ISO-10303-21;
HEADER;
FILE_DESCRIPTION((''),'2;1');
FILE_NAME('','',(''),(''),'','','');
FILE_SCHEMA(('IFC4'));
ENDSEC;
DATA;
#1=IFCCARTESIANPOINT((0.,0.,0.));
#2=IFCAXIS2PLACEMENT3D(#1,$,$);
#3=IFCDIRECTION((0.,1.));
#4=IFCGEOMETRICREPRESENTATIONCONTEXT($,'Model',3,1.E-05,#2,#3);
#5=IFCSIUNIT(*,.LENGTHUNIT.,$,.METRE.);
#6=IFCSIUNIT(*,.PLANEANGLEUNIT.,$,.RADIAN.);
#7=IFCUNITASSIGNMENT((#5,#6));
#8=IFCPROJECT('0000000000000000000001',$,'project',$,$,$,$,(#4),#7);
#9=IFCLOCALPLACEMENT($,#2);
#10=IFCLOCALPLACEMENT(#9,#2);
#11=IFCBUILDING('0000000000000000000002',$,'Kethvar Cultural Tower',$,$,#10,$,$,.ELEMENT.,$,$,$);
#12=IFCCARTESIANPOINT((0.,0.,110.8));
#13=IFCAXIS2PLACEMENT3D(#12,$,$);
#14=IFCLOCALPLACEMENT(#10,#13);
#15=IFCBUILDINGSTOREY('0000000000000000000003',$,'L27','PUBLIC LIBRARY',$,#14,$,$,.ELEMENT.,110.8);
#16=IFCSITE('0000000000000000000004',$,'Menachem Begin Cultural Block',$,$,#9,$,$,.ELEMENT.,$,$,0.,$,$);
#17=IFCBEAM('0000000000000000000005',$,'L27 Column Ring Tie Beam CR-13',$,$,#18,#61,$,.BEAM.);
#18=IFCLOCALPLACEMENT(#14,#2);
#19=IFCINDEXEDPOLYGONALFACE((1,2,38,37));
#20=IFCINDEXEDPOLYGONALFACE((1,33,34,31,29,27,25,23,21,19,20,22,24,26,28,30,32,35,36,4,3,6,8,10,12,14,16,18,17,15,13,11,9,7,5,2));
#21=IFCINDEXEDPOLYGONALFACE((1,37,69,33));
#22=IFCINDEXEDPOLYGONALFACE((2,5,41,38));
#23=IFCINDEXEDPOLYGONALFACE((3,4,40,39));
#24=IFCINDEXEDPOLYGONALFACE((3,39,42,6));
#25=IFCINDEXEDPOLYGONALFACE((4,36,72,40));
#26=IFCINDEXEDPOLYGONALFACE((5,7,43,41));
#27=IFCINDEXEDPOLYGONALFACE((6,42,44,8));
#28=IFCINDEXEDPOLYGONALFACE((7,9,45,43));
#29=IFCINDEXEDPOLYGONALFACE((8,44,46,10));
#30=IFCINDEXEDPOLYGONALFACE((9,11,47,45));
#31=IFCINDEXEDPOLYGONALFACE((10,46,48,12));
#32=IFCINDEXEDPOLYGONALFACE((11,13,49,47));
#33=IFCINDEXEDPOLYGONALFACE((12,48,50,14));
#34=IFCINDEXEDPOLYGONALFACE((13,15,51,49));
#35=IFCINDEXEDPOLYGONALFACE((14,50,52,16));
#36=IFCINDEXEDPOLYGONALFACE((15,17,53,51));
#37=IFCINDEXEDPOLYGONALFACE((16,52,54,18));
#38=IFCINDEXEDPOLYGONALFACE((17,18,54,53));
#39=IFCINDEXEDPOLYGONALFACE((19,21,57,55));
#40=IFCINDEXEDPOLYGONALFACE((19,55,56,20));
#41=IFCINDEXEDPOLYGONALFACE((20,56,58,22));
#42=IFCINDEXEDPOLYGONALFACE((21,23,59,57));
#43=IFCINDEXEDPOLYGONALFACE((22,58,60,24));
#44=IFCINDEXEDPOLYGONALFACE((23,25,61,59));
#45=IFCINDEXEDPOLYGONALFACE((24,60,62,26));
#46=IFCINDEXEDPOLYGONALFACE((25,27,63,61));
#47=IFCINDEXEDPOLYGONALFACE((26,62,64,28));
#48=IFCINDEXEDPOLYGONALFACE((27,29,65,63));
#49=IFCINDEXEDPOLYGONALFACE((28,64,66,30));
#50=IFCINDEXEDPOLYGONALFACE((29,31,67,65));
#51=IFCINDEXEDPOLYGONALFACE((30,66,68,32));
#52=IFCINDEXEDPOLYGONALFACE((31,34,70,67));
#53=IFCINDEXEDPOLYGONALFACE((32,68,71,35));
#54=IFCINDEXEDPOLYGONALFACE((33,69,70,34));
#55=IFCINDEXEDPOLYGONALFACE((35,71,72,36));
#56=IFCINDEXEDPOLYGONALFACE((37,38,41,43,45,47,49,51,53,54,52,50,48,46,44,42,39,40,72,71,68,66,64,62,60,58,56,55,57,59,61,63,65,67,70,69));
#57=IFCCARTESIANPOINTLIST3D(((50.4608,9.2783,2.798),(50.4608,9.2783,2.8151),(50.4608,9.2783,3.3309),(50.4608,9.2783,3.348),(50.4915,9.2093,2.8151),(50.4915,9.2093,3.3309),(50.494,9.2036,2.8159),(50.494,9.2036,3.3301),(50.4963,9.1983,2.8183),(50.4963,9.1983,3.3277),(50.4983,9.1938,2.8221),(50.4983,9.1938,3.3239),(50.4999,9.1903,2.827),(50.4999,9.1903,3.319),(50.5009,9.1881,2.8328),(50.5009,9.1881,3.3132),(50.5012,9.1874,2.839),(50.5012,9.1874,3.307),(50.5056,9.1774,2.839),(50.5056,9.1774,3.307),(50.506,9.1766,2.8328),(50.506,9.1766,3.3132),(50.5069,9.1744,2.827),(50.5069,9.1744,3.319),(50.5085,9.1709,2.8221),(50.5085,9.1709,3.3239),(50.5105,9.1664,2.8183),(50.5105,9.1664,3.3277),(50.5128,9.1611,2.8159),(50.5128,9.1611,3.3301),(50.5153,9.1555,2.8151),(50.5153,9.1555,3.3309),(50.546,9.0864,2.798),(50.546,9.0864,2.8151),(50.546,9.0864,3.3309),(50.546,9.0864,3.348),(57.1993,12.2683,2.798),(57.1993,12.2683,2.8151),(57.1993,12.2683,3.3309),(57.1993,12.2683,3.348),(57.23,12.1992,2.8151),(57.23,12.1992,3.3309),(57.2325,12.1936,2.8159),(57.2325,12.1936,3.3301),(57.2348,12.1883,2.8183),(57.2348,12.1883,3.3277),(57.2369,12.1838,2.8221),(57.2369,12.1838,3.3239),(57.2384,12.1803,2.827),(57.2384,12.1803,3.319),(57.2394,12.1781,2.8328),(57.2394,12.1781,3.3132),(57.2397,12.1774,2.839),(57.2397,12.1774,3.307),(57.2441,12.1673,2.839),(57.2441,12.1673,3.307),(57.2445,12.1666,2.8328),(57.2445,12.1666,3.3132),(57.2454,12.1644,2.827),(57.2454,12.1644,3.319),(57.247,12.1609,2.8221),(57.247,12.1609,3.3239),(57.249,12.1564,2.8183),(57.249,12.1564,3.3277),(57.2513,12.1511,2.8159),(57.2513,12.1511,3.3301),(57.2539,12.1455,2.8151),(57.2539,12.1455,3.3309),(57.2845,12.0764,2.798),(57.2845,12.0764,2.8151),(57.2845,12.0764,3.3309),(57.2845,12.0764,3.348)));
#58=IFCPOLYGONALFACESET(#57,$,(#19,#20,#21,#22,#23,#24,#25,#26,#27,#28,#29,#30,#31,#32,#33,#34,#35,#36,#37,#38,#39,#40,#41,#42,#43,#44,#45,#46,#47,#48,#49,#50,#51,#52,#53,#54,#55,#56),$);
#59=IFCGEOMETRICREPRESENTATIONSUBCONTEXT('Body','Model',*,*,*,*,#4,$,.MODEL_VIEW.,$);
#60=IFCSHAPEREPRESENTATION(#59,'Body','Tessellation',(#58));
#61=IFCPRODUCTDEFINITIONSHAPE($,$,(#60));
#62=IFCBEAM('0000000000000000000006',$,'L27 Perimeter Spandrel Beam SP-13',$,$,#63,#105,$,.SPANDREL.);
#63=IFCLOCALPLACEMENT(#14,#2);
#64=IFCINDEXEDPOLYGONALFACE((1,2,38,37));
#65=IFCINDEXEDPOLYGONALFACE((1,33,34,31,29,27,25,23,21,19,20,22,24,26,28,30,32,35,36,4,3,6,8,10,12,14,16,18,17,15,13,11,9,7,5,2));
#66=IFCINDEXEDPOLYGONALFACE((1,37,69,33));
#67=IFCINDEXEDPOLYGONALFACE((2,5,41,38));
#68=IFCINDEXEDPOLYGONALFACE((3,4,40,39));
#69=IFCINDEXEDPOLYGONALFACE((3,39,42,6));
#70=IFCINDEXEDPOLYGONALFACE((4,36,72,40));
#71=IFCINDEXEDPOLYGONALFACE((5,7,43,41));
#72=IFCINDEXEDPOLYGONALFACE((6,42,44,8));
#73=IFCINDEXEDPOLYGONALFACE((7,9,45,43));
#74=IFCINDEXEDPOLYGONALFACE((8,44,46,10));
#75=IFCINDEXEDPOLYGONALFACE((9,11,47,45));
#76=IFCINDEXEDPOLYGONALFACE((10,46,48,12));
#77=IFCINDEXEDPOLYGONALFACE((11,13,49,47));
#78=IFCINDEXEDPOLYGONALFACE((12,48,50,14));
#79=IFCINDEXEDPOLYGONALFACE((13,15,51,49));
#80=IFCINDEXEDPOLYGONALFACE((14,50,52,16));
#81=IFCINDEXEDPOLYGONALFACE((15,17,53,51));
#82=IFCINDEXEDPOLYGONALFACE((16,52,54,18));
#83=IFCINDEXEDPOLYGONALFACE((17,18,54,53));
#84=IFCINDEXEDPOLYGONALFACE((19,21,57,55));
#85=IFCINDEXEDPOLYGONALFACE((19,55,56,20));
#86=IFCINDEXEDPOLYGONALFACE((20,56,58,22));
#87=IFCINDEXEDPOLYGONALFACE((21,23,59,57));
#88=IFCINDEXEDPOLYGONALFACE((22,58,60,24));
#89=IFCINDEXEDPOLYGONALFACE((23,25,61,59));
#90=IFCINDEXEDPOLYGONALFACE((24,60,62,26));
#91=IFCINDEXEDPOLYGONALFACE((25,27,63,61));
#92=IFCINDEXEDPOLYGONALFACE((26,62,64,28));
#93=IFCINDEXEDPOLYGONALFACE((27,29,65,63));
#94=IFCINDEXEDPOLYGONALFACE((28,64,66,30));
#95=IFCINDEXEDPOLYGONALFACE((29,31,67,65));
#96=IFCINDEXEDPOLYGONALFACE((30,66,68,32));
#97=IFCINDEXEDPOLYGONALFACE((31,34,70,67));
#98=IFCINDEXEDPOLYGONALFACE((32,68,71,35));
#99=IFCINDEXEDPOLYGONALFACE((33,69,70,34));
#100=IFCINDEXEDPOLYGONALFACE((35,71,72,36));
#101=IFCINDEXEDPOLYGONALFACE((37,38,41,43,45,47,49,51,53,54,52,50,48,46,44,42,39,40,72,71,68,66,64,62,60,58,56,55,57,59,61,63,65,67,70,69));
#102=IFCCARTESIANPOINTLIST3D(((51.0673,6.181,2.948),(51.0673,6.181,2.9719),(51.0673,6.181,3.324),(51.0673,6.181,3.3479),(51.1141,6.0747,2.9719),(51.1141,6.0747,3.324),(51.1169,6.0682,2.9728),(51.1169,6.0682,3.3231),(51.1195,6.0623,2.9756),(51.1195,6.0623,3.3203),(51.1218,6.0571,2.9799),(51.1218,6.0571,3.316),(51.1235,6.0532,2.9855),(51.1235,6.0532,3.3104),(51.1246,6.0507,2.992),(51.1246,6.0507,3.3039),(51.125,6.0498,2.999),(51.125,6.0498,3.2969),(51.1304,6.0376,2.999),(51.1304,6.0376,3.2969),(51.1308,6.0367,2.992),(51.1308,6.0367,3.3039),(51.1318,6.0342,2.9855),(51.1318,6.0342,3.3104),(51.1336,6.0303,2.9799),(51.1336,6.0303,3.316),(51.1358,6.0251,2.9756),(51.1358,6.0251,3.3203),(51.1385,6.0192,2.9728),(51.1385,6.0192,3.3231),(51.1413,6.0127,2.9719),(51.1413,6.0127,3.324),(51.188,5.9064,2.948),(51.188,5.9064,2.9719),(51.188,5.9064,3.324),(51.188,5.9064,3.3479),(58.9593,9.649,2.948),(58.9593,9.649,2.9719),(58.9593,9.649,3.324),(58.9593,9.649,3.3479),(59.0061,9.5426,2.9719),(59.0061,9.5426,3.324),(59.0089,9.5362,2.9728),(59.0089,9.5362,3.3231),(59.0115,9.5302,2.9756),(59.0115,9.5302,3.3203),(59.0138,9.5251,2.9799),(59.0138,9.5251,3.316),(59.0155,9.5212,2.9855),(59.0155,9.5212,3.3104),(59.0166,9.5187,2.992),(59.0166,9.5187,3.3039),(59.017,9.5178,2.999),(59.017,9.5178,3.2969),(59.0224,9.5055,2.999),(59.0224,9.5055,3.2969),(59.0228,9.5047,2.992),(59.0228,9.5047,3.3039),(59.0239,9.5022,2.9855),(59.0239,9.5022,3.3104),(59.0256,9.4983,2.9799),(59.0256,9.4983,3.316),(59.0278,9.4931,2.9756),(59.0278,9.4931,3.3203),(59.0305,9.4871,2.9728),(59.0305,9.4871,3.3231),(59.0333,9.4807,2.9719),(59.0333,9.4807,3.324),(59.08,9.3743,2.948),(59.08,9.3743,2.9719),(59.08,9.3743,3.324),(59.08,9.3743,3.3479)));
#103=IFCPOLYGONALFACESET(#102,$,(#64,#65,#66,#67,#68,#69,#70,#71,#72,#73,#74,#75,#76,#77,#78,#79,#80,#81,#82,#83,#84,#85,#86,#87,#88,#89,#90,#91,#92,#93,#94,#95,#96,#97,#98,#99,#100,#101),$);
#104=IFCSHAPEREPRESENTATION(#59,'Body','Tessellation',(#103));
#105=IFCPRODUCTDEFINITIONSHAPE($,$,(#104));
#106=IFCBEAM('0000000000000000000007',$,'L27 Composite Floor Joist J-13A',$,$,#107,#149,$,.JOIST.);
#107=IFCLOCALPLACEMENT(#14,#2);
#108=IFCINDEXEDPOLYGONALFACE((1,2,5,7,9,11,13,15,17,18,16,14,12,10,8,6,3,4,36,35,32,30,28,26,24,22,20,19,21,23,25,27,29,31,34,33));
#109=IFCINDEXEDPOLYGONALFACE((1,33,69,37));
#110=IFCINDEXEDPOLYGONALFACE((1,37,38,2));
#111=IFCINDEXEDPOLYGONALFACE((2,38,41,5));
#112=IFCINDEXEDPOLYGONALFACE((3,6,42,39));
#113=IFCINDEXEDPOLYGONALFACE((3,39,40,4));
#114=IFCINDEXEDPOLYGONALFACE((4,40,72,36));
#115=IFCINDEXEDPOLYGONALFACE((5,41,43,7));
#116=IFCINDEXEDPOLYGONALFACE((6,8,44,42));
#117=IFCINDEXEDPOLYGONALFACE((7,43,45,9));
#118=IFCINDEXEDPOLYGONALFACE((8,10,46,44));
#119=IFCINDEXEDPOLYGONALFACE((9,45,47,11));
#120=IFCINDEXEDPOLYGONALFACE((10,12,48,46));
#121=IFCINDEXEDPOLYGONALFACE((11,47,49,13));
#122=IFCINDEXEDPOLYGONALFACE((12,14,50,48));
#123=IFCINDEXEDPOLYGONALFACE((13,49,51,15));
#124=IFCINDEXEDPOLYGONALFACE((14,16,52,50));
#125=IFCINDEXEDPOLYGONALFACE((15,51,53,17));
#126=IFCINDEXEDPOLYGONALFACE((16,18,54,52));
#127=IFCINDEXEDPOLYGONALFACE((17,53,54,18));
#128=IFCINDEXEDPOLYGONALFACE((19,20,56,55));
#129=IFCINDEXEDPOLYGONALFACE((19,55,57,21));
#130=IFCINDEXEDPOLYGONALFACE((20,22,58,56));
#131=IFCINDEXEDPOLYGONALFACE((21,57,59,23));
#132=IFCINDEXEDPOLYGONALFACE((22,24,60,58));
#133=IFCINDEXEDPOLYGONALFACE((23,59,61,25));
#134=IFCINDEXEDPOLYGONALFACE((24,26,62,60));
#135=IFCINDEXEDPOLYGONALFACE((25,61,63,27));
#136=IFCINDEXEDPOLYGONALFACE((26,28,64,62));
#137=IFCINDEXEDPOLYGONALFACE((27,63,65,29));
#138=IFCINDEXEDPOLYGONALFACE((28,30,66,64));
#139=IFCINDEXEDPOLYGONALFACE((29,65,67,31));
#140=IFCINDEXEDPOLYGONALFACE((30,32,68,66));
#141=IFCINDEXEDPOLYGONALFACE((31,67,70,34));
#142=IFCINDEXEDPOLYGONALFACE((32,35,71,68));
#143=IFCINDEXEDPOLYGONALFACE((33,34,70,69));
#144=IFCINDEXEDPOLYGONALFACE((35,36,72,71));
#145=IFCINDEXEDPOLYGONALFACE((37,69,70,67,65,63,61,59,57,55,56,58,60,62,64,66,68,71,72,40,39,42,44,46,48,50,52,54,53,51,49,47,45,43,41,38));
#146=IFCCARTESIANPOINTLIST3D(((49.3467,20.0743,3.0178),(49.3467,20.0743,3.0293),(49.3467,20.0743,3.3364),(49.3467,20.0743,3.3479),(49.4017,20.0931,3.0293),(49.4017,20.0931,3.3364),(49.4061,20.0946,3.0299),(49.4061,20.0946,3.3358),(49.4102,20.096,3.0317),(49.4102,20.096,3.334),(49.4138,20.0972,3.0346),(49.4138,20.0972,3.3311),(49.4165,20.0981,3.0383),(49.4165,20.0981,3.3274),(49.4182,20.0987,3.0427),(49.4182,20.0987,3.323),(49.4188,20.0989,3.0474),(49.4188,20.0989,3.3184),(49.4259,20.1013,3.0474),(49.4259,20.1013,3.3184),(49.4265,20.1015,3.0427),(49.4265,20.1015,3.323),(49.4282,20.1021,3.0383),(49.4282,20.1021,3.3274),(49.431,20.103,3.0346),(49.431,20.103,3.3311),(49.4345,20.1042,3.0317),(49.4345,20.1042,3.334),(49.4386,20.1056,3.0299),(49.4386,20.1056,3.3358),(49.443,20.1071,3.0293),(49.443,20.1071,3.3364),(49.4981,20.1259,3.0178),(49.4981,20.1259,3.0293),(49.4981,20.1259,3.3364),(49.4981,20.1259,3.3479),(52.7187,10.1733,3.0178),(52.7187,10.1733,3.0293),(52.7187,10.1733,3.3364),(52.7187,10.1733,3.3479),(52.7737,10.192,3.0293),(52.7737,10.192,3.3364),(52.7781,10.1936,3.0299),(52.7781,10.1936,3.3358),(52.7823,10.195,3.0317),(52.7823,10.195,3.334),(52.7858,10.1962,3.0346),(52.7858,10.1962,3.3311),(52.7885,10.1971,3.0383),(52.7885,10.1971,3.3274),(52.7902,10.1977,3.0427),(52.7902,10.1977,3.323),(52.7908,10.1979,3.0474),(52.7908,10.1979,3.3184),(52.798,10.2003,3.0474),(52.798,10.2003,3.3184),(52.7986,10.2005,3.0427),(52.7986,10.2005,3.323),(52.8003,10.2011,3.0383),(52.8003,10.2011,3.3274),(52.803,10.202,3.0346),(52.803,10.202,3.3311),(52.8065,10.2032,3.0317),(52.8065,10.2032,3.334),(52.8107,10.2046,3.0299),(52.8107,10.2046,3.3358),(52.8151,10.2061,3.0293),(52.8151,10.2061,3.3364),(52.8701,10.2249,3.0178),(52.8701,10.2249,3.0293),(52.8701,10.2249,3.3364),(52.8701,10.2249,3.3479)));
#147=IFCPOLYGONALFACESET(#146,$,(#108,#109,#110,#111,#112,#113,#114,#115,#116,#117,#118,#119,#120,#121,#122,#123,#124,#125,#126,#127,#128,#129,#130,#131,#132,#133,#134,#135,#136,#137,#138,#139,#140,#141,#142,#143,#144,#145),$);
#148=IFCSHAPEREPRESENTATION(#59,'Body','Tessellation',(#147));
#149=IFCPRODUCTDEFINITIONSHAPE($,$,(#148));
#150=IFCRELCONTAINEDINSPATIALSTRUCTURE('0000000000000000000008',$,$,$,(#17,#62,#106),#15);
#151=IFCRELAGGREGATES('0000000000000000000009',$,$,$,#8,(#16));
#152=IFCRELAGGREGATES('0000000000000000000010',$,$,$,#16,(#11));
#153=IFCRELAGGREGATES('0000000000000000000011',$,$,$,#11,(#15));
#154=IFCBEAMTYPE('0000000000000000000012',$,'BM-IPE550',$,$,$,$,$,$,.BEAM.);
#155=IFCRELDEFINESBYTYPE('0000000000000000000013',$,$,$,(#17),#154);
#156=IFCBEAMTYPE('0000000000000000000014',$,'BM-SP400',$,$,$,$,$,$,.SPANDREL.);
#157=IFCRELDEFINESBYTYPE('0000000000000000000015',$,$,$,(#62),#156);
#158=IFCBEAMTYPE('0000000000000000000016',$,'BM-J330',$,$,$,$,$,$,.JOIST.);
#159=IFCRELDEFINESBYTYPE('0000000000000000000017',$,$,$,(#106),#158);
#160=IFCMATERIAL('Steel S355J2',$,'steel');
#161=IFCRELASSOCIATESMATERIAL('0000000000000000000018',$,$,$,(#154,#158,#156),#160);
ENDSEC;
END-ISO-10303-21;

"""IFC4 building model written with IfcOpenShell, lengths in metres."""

from ifc_helpers import new_model, si_unit, direction, frame, origin, origin_2d, place, context, subcontext, project, spatial, i_section, extrude, source, transform, mapped, material, material_profile, profile_set, type_object, element, save


model = new_model("IFC4")

# Units and contexts
model_context = context("Model", 3, precision=1e-05, world=origin(), true_north=direction((0.0, 1.0)))
body_context = subcontext(model_context, "Body", "Model", "MODEL_VIEW")
ifc_project = project(units=[si_unit("LENGTHUNIT", "METRE"), si_unit("PLANEANGLEUNIT", "RADIAN")], contexts=[model_context])

# Site, building, storey
site_placement = place(None, origin())
site = spatial("IfcSite", under=ifc_project, at=site_placement, Name="Menachem Begin Cultural Block", CompositionType="ELEMENT", RefElevation=0.0)
building_placement = place(site_placement, origin())
building = spatial("IfcBuilding", under=site, at=building_placement, Name="Kethvar Cultural Tower", CompositionType="ELEMENT")
storey_placement = place(building_placement, frame((0.0, 0.0, 110.8)))
storey = spatial("IfcBuildingStorey", under=building, at=storey_placement, Name="L27", Description="PUBLIC LIBRARY", CompositionType="ELEMENT", Elevation=110.8)

# Beams
ifc_material_1 = material(Name="Steel S355J2", Category="steel")
ifc_material_profile_1 = material_profile(ifc_material_1, i_section(OverallWidth=0.21, OverallDepth=0.55, WebThickness=0.011, FlangeThickness=0.0171, FilletRadius=0.0239, at=origin_2d()), Name="Steel S355J2 — IPE550")
ifc_profile_set_1 = profile_set([ifc_material_profile_1], Name="Steel S355J2 — IPE550")
beam_type_1 = type_object("IfcBeamType", Name="BM-IPE550", PredefinedType="BEAM", material=ifc_profile_set_1)
ifc_material_profile_2 = material_profile(ifc_material_1, i_section(OverallWidth=0.1599, OverallDepth=0.3301, WebThickness=0.0076, FlangeThickness=0.0115, FilletRadius=0.0181, at=origin_2d()), Name="Steel S355J2 — IPE330")
ifc_profile_set_2 = profile_set([ifc_material_profile_2], Name="Steel S355J2 — IPE330")
beam_type_2 = type_object("IfcBeamType", Name="BM-J330", PredefinedType="JOIST", material=ifc_profile_set_2)
shared_shape_1 = source(origin(), body_context, "Body", "SweptSolid", [
    extrude(i_section(OverallWidth=0.21, OverallDepth=0.55, WebThickness=0.011, FlangeThickness=0.0171, FilletRadius=0.0239, at=origin_2d()), origin(), (0.0, 0.0, 1.0), 7.3721),
])
beam_1_placement = place(storey_placement, frame((50.5034, 9.1824, 3.073), z_axis=(0.914059, 0.405582, 0.0), x_axis=(-0.405582, 0.914059, 0.0)))
element("IfcBeam", 1, at=beam_1_placement, inside=storey, type_object=beam_type_1, Name="L27 Column Ring Tie Beam CR-13", PredefinedType="BEAM", context=body_context, shape_type="MappedRepresentation", body=[
    mapped(shared_shape_1, transform((0.0, 0.0, 0.0), scale=1.0)),
])
ifc_material_profile_3 = material_profile(ifc_material_1, i_section(OverallWidth=0.3, OverallDepth=0.3999, WebThickness=0.0134, FlangeThickness=0.0239, FilletRadius=0.0271, at=origin_2d()), Name="Steel S355J2 — HEB400")
ifc_profile_set_3 = profile_set([ifc_material_profile_3], Name="Steel S355J2 — HEB400")
beam_type_3 = type_object("IfcBeamType", Name="BM-SP400", PredefinedType="SPANDREL", material=ifc_profile_set_3)
shared_shape_2 = source(origin(), body_context, "Body", "SweptSolid", [
    extrude(i_section(OverallWidth=0.3, OverallDepth=0.3999, WebThickness=0.0134, FlangeThickness=0.0239, FilletRadius=0.0271, at=origin_2d()), origin(), (0.0, 0.0, 1.0), 8.6204),
])
beam_2_placement = place(storey_placement, frame((51.1277, 6.0437, 3.1479), z_axis=(0.915507, 0.402301, 0.0), x_axis=(-0.402301, 0.915507, 0.0)))
element("IfcBeam", 2, at=beam_2_placement, inside=storey, type_object=beam_type_3, Name="L27 Perimeter Spandrel Beam SP-13", PredefinedType="SPANDREL", context=body_context, shape_type="MappedRepresentation", body=[
    mapped(shared_shape_2, transform((0.0, 0.0, 0.0), scale=1.0)),
])
shared_shape_3 = source(origin(), body_context, "Body", "SweptSolid", [
    extrude(i_section(OverallWidth=0.1599, OverallDepth=0.3301, WebThickness=0.0076, FlangeThickness=0.0115, FilletRadius=0.0181, at=origin_2d()), origin(), (0.0, 0.0, 1.0), 10.4595),
])
beam_3_placement = place(storey_placement, frame((49.4224, 20.1001, 3.1829), z_axis=(0.32239, -0.946607, 0.0), x_axis=(0.946607, 0.32239, 0.0)))
element("IfcBeam", 3, at=beam_3_placement, inside=storey, type_object=beam_type_2, Name="L27 Composite Floor Joist J-13A", PredefinedType="JOIST", context=body_context, shape_type="MappedRepresentation", body=[
    mapped(shared_shape_3, transform((0.0, 0.0, 0.0), scale=1.0)),
])

save(model, "model.ifc")
